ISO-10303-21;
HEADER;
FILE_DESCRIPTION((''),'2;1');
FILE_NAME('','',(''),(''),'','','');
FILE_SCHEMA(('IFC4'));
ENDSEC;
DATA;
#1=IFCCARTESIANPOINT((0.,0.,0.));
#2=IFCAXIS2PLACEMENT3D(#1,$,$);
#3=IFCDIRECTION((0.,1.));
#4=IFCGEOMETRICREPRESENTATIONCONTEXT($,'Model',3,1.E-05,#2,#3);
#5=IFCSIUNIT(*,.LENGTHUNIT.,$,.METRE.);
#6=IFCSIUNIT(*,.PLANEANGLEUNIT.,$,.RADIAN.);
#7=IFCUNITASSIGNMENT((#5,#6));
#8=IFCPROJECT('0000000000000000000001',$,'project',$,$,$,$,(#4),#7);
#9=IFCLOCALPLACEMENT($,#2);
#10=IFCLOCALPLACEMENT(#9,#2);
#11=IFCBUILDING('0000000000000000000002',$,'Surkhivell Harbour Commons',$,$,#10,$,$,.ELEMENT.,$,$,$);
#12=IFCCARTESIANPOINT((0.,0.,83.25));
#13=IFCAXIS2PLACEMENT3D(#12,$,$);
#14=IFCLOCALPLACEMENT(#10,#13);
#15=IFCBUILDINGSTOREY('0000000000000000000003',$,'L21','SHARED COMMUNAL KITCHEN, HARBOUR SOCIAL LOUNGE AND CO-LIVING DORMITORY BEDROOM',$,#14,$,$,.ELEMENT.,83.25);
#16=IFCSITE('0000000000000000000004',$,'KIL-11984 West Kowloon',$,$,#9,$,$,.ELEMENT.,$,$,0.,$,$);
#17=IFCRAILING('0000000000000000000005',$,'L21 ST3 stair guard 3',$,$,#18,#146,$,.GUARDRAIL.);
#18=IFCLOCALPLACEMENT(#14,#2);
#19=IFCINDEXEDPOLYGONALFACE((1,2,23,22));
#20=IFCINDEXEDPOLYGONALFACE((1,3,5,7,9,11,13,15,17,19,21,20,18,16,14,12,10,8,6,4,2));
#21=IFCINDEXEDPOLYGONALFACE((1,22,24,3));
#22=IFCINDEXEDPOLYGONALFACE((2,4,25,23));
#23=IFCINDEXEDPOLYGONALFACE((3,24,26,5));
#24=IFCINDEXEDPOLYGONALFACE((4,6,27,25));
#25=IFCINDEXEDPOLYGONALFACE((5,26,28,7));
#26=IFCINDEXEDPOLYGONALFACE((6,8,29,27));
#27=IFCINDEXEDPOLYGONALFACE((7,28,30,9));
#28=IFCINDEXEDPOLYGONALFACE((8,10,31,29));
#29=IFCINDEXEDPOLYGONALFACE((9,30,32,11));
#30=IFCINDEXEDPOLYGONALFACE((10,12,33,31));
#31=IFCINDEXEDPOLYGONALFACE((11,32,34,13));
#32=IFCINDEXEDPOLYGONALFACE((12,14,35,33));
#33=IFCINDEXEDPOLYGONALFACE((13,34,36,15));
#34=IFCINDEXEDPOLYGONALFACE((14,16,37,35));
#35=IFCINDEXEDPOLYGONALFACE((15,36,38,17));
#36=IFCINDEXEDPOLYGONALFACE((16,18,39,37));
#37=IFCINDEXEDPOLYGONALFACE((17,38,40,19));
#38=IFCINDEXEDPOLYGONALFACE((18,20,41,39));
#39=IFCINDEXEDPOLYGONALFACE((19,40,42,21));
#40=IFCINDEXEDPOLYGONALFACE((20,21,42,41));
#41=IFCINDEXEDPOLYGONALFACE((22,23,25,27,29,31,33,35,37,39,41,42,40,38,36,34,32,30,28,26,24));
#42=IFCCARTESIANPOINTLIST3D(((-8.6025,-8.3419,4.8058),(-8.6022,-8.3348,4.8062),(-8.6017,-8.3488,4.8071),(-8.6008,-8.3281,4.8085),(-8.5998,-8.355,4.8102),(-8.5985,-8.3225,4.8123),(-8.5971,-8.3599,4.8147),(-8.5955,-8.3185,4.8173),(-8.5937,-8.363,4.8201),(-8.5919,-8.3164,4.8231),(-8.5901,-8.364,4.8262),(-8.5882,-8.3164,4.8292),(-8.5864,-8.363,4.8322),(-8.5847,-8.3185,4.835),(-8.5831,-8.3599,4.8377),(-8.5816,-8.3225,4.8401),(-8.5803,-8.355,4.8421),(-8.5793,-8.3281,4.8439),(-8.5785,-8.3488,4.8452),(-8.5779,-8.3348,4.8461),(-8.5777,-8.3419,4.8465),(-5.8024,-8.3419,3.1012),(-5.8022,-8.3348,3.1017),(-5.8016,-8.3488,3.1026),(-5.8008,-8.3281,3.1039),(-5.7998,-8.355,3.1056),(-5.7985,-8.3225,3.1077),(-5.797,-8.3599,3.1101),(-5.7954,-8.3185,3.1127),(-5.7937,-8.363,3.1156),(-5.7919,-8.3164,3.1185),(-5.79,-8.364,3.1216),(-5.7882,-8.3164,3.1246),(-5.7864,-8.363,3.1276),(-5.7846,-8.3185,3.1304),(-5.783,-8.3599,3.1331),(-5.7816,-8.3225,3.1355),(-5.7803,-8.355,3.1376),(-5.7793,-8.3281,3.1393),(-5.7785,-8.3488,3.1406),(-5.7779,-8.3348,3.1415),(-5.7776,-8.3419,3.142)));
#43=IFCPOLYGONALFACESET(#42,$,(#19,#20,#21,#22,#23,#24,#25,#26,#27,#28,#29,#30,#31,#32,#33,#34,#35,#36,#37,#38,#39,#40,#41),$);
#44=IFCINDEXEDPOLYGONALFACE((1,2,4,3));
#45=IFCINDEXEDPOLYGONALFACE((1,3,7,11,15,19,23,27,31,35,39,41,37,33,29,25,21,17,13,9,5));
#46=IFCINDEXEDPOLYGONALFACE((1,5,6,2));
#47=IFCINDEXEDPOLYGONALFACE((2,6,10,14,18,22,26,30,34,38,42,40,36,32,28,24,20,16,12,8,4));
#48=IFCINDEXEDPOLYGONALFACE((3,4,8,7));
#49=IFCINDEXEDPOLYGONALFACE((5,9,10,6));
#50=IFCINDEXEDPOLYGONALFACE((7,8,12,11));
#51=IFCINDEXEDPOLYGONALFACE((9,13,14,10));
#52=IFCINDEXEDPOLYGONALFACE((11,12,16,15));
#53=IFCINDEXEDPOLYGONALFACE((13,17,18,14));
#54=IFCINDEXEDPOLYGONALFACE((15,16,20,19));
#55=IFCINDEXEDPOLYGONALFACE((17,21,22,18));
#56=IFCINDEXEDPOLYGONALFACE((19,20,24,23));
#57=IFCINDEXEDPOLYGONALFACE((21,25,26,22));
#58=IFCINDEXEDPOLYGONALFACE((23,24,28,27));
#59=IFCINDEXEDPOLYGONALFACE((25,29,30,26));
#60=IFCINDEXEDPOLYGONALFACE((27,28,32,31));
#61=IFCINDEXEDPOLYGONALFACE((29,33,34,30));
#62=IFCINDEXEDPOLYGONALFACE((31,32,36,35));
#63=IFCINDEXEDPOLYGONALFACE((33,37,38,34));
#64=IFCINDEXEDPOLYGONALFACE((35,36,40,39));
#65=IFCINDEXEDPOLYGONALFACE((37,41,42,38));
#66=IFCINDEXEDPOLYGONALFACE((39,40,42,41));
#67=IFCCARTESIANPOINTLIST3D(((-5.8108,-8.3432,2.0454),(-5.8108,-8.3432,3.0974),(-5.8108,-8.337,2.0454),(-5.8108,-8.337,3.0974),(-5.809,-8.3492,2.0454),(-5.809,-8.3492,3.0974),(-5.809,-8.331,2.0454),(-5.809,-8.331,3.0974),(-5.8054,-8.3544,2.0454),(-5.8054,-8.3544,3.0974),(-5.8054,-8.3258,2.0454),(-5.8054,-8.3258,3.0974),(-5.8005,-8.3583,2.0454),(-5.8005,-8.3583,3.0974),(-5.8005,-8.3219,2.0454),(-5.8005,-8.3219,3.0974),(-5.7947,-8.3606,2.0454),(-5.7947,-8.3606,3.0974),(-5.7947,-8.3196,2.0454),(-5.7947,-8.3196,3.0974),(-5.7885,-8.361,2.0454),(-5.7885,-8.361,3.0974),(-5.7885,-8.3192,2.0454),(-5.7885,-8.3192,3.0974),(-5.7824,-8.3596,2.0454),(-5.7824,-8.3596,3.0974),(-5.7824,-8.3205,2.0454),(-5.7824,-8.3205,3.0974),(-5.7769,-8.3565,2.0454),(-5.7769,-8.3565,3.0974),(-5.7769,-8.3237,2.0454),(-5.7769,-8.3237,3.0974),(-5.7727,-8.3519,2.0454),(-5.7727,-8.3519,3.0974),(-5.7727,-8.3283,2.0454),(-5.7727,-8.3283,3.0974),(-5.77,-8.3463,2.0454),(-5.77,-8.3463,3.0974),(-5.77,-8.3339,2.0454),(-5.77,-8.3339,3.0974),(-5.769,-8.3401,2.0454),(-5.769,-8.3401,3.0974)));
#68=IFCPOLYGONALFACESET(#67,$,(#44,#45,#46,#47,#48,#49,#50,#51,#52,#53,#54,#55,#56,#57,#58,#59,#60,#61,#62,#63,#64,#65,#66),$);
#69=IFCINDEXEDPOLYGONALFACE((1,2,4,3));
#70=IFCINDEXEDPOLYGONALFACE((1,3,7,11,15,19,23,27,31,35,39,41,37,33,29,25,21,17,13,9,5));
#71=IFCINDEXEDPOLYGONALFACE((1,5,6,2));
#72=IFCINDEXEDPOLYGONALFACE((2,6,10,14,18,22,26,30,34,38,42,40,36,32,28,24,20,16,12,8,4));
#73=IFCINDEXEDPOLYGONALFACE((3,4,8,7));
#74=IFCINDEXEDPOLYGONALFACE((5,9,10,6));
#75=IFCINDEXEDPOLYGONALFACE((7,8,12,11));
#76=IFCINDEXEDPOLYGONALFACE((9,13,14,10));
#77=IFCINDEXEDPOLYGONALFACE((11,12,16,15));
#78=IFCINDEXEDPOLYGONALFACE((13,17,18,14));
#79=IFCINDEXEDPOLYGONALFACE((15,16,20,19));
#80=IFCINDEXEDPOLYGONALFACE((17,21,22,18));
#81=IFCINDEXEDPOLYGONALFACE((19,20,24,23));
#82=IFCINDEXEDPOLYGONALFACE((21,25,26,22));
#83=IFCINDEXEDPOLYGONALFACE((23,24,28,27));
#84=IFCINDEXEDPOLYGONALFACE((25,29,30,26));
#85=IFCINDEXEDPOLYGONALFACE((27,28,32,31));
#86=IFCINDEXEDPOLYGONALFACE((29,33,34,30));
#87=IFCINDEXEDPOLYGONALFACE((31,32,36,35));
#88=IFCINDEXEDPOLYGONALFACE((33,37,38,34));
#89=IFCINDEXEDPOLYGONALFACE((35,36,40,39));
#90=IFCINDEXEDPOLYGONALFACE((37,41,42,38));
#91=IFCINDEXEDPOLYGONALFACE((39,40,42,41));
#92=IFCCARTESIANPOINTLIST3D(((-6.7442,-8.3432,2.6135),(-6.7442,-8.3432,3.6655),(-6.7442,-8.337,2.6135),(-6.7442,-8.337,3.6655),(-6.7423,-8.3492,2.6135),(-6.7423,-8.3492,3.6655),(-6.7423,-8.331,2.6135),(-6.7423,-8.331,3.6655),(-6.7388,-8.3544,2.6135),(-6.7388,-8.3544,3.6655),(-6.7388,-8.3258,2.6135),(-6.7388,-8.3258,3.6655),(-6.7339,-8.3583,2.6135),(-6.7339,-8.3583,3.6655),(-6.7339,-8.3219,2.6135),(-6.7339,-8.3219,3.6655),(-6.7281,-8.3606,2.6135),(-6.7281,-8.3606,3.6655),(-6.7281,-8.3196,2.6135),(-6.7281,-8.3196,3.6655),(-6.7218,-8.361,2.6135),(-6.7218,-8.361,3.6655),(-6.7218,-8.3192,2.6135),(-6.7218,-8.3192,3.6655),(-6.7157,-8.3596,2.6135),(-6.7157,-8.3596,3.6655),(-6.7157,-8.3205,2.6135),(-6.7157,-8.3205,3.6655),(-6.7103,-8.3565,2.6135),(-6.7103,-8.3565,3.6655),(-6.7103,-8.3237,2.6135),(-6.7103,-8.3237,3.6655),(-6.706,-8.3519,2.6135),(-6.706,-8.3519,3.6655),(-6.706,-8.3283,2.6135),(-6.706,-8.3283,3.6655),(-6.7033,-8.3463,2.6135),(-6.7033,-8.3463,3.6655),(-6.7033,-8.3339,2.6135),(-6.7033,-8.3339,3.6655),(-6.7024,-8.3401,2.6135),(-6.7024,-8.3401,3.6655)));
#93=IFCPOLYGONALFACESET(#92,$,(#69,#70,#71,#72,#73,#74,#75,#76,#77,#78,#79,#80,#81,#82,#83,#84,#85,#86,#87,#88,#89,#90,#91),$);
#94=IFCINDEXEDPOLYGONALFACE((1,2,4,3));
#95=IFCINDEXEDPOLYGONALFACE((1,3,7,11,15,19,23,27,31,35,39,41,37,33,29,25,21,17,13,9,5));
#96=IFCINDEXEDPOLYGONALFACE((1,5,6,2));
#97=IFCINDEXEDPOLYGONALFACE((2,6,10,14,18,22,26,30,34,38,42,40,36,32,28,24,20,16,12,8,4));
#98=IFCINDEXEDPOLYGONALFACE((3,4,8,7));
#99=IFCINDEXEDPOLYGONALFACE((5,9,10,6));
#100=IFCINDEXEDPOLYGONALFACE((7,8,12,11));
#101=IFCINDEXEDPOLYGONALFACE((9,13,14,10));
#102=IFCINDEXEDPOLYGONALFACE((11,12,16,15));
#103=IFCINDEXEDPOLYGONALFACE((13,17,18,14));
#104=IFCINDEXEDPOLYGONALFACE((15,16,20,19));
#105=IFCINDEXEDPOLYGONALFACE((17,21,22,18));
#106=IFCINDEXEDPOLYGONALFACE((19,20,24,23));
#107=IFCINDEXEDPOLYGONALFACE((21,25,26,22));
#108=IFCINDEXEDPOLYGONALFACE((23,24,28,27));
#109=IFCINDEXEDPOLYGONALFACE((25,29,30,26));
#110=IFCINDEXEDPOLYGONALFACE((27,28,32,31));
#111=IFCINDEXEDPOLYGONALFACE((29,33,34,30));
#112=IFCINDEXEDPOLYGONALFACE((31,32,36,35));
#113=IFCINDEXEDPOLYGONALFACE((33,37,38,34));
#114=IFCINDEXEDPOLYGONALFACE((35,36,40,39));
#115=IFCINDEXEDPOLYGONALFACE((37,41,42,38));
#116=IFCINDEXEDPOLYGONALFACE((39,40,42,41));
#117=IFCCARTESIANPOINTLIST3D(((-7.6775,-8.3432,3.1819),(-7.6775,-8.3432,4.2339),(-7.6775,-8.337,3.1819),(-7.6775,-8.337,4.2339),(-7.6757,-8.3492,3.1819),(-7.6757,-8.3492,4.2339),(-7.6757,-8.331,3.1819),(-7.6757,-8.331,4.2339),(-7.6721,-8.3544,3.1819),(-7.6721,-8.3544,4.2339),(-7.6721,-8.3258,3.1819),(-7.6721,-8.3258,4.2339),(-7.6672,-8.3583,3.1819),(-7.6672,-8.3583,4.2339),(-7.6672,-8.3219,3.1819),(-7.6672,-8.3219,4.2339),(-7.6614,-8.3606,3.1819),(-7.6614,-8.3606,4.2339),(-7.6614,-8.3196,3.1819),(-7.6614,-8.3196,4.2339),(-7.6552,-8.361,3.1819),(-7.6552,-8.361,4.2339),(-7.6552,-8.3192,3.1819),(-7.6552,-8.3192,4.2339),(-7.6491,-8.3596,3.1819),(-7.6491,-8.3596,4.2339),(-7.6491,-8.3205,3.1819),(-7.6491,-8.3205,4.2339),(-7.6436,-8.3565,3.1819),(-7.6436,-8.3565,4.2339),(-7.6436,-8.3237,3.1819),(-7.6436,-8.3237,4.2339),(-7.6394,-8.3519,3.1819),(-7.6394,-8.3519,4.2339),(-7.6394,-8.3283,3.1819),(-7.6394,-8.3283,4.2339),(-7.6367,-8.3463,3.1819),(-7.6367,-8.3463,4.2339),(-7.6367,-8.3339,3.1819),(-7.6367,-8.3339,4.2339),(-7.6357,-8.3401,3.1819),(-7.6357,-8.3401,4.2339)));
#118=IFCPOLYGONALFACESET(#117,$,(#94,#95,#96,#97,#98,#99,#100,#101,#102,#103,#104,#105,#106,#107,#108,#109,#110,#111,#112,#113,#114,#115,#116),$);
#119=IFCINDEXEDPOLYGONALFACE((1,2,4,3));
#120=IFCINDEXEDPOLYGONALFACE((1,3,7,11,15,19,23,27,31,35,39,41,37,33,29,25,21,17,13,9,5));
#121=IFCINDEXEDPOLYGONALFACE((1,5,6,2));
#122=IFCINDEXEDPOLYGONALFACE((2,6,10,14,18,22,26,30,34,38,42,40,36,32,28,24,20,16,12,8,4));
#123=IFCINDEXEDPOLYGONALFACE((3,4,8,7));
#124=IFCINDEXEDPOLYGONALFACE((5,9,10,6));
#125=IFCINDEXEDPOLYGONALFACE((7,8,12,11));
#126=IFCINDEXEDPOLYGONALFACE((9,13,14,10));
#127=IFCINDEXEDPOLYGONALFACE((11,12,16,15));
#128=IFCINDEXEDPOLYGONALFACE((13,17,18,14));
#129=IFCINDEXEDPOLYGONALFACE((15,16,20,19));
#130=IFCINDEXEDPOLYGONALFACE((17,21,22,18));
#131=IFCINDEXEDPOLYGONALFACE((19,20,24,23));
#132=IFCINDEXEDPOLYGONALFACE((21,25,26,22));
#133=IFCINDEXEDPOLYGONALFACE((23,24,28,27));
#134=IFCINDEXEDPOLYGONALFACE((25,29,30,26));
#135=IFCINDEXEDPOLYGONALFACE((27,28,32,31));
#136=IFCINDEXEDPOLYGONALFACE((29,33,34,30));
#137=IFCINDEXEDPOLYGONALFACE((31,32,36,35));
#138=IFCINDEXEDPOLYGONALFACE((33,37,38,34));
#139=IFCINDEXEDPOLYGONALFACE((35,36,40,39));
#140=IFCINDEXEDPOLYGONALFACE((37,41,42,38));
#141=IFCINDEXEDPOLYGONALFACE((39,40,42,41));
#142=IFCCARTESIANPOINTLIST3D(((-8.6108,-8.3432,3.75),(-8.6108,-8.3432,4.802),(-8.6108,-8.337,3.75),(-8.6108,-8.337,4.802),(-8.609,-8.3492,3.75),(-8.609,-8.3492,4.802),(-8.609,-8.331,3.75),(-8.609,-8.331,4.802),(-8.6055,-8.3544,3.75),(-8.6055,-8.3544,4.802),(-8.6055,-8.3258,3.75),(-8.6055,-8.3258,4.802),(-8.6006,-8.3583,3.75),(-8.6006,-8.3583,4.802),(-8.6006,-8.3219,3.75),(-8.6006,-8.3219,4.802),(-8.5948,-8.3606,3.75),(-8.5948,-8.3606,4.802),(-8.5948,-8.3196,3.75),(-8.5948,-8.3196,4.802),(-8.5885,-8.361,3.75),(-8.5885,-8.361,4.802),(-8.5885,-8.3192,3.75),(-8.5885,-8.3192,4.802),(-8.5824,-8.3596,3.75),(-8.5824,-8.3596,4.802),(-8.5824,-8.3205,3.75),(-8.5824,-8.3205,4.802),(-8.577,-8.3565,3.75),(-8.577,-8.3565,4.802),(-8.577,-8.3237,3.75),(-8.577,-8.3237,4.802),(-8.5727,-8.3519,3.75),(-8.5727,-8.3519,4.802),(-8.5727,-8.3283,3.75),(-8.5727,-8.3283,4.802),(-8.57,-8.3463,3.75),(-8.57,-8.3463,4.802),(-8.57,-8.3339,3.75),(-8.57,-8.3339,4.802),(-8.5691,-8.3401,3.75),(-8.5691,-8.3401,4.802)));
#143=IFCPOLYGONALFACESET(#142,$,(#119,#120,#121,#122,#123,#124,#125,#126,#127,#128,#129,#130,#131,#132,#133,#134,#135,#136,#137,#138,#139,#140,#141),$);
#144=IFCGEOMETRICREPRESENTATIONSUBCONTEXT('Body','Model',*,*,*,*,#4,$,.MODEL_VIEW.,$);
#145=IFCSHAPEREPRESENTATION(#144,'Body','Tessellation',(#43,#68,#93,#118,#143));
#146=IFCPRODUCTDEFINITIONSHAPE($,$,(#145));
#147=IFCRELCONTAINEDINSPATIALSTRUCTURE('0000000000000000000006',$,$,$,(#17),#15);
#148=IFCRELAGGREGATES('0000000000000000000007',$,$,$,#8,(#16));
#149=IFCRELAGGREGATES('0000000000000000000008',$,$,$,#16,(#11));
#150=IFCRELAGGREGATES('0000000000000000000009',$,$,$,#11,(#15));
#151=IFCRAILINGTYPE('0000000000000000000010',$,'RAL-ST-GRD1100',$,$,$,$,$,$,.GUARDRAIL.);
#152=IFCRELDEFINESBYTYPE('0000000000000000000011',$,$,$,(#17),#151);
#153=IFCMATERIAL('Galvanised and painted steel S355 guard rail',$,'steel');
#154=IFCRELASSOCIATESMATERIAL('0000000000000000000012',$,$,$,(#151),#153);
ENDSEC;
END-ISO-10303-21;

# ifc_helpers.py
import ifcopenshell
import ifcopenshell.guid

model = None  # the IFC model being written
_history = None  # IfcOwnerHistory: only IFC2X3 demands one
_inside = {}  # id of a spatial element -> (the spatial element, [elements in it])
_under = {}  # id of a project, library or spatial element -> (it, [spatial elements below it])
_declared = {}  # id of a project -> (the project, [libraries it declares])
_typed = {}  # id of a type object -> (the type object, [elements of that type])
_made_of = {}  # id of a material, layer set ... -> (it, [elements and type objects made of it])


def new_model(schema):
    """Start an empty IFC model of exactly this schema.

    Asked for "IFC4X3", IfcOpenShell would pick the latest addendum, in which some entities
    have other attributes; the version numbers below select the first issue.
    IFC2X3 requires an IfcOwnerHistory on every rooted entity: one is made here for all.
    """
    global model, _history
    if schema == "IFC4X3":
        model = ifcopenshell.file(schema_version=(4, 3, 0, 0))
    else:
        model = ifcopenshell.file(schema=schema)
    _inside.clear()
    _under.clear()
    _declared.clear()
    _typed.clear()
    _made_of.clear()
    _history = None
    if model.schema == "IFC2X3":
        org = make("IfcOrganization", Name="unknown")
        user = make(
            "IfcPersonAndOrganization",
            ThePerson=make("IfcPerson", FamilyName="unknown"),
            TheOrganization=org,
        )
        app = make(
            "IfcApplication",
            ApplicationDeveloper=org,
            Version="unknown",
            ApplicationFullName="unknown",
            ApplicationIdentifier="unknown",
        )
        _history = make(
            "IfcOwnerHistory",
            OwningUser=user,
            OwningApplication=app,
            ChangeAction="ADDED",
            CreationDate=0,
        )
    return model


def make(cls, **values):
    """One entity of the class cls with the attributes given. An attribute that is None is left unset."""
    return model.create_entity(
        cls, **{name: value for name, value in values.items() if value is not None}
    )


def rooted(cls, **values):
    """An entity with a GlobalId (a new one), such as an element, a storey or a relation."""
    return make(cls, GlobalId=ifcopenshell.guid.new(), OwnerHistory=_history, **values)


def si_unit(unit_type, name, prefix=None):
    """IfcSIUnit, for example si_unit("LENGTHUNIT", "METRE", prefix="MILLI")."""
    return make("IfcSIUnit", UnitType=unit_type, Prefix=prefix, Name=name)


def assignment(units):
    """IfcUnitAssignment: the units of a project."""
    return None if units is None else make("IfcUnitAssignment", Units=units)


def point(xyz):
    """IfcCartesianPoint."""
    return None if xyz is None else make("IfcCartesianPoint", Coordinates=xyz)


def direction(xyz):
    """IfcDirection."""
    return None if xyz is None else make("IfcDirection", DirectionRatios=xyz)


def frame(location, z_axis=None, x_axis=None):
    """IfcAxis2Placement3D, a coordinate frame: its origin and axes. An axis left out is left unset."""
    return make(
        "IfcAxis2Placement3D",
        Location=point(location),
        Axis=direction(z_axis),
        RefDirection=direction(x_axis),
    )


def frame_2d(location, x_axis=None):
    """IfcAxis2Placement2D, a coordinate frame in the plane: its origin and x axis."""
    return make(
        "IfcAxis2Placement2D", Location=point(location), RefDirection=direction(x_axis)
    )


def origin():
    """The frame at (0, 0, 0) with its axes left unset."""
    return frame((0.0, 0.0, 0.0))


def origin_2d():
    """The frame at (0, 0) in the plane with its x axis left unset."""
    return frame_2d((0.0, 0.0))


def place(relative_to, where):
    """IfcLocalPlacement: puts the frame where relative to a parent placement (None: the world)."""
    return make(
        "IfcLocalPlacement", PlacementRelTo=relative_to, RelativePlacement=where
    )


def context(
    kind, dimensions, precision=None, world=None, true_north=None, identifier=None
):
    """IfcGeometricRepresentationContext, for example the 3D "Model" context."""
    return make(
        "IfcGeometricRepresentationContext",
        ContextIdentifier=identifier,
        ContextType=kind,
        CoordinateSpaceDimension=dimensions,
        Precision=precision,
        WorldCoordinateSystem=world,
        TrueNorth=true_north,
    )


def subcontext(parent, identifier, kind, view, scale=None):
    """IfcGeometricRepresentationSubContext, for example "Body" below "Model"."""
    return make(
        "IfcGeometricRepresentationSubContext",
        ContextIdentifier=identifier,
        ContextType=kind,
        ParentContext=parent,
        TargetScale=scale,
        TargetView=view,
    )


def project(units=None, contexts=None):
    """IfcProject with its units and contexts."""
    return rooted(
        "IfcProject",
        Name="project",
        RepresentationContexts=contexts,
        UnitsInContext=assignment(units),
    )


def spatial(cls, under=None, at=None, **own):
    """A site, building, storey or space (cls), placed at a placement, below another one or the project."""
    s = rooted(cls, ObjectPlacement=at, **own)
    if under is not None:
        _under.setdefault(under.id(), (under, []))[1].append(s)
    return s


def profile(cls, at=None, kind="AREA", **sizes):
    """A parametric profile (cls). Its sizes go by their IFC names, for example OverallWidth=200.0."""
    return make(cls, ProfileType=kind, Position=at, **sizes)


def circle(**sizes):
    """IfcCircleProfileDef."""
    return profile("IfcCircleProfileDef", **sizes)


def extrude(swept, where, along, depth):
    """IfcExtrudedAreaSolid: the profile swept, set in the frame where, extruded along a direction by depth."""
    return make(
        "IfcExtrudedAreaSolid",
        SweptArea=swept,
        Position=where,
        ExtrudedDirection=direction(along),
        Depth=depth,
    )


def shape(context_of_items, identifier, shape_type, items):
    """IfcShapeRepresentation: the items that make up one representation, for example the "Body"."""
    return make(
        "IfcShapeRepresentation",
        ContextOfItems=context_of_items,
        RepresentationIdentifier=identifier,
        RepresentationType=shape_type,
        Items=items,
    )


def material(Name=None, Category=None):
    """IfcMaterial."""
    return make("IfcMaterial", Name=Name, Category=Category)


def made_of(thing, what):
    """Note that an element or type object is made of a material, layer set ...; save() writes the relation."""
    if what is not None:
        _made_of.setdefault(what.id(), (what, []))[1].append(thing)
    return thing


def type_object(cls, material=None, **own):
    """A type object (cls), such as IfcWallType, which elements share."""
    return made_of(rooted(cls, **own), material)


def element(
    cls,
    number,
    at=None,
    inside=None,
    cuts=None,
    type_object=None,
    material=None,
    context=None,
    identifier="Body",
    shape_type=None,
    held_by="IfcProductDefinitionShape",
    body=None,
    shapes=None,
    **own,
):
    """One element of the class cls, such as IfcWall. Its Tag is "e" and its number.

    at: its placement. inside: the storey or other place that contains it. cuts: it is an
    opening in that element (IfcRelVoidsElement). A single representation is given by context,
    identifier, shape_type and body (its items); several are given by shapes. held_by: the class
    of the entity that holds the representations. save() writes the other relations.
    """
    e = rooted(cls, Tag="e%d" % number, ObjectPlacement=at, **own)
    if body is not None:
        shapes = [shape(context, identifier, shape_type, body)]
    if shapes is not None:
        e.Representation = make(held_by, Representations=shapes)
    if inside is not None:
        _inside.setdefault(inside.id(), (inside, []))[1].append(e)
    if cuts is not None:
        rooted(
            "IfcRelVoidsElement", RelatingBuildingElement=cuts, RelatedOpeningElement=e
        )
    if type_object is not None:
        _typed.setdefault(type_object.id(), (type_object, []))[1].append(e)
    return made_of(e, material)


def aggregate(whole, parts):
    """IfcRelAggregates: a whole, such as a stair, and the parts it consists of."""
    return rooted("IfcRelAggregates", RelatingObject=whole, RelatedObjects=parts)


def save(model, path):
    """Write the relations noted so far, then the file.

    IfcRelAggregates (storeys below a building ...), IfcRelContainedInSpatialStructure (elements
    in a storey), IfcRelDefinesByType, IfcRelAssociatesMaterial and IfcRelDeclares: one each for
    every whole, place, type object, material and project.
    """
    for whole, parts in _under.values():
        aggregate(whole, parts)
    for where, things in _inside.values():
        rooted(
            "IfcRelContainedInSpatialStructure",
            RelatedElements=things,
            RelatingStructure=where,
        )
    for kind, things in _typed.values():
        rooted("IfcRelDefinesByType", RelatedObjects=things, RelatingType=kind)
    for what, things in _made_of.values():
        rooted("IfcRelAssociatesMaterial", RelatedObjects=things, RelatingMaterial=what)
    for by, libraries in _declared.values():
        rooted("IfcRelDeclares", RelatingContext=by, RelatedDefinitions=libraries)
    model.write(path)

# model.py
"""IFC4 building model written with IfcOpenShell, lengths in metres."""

from ifc_helpers import new_model, si_unit, direction, frame, origin, origin_2d, place, context, subcontext, project, spatial, circle, extrude, material, type_object, element, save


model = new_model("IFC4")

# Units and contexts
model_context = context("Model", 3, precision=1e-05, world=origin(), true_north=direction((0.0, 1.0)))
body_context = subcontext(model_context, "Body", "Model", "MODEL_VIEW")
ifc_project = project(units=[si_unit("LENGTHUNIT", "METRE"), si_unit("PLANEANGLEUNIT", "RADIAN")], contexts=[model_context])

# Site, building, storey
site_placement = place(None, origin())
site = spatial("IfcSite", under=ifc_project, at=site_placement, Name="KIL-11984 West Kowloon", CompositionType="ELEMENT", RefElevation=0.0)
building_placement = place(site_placement, origin())
building = spatial("IfcBuilding", under=site, at=building_placement, Name="Surkhivell Harbour Commons", CompositionType="ELEMENT")
storey_placement = place(building_placement, frame((0.0, 0.0, 83.25)))
storey = spatial("IfcBuildingStorey", under=building, at=storey_placement, Name="L21", Description="SHARED COMMUNAL KITCHEN, HARBOUR SOCIAL LOUNGE AND CO-LIVING DORMITORY BEDROOM", CompositionType="ELEMENT", Elevation=83.25)

# Railing
ifc_material_1 = material(Name="Galvanised and painted steel S355 guard rail", Category="steel")
railing_type_1 = type_object("IfcRailingType", Name="RAL-ST-GRD1100", PredefinedType="GUARDRAIL", material=ifc_material_1)
railing_1_placement = place(storey_placement, frame((-5.79, -8.3401, 2.0454)))
element("IfcRailing", 1, at=railing_1_placement, inside=storey, type_object=railing_type_1, Name="L21 ST3 stair guard 3", PredefinedType="GUARDRAIL", context=body_context, shape_type="SweptSolid", body=[
    extrude(circle(Radius=0.0239, at=origin_2d()), frame((0.0, 0.0, 1.0762), z_axis=(-0.85417, 0.0, 0.519994), x_axis=(0.0, -1.0, 0.0)), (0.0, 0.0, 1.0), 3.2781),
    extrude(circle(Radius=0.021, at=origin_2d()), origin(), (0.0, 0.0, 1.0), 1.052),
    extrude(circle(Radius=0.021, at=origin_2d()), frame((-0.9333, 0.0, 0.5681)), (0.0, 0.0, 1.0), 1.052),
    extrude(circle(Radius=0.021, at=origin_2d()), frame((-1.8667, 0.0, 1.1365)), (0.0, 0.0, 1.0), 1.052),
    extrude(circle(Radius=0.021, at=origin_2d()), frame((-2.8, 0.0, 1.7046)), (0.0, 0.0, 1.0), 1.052),
])

save(model, "model.ifc")
